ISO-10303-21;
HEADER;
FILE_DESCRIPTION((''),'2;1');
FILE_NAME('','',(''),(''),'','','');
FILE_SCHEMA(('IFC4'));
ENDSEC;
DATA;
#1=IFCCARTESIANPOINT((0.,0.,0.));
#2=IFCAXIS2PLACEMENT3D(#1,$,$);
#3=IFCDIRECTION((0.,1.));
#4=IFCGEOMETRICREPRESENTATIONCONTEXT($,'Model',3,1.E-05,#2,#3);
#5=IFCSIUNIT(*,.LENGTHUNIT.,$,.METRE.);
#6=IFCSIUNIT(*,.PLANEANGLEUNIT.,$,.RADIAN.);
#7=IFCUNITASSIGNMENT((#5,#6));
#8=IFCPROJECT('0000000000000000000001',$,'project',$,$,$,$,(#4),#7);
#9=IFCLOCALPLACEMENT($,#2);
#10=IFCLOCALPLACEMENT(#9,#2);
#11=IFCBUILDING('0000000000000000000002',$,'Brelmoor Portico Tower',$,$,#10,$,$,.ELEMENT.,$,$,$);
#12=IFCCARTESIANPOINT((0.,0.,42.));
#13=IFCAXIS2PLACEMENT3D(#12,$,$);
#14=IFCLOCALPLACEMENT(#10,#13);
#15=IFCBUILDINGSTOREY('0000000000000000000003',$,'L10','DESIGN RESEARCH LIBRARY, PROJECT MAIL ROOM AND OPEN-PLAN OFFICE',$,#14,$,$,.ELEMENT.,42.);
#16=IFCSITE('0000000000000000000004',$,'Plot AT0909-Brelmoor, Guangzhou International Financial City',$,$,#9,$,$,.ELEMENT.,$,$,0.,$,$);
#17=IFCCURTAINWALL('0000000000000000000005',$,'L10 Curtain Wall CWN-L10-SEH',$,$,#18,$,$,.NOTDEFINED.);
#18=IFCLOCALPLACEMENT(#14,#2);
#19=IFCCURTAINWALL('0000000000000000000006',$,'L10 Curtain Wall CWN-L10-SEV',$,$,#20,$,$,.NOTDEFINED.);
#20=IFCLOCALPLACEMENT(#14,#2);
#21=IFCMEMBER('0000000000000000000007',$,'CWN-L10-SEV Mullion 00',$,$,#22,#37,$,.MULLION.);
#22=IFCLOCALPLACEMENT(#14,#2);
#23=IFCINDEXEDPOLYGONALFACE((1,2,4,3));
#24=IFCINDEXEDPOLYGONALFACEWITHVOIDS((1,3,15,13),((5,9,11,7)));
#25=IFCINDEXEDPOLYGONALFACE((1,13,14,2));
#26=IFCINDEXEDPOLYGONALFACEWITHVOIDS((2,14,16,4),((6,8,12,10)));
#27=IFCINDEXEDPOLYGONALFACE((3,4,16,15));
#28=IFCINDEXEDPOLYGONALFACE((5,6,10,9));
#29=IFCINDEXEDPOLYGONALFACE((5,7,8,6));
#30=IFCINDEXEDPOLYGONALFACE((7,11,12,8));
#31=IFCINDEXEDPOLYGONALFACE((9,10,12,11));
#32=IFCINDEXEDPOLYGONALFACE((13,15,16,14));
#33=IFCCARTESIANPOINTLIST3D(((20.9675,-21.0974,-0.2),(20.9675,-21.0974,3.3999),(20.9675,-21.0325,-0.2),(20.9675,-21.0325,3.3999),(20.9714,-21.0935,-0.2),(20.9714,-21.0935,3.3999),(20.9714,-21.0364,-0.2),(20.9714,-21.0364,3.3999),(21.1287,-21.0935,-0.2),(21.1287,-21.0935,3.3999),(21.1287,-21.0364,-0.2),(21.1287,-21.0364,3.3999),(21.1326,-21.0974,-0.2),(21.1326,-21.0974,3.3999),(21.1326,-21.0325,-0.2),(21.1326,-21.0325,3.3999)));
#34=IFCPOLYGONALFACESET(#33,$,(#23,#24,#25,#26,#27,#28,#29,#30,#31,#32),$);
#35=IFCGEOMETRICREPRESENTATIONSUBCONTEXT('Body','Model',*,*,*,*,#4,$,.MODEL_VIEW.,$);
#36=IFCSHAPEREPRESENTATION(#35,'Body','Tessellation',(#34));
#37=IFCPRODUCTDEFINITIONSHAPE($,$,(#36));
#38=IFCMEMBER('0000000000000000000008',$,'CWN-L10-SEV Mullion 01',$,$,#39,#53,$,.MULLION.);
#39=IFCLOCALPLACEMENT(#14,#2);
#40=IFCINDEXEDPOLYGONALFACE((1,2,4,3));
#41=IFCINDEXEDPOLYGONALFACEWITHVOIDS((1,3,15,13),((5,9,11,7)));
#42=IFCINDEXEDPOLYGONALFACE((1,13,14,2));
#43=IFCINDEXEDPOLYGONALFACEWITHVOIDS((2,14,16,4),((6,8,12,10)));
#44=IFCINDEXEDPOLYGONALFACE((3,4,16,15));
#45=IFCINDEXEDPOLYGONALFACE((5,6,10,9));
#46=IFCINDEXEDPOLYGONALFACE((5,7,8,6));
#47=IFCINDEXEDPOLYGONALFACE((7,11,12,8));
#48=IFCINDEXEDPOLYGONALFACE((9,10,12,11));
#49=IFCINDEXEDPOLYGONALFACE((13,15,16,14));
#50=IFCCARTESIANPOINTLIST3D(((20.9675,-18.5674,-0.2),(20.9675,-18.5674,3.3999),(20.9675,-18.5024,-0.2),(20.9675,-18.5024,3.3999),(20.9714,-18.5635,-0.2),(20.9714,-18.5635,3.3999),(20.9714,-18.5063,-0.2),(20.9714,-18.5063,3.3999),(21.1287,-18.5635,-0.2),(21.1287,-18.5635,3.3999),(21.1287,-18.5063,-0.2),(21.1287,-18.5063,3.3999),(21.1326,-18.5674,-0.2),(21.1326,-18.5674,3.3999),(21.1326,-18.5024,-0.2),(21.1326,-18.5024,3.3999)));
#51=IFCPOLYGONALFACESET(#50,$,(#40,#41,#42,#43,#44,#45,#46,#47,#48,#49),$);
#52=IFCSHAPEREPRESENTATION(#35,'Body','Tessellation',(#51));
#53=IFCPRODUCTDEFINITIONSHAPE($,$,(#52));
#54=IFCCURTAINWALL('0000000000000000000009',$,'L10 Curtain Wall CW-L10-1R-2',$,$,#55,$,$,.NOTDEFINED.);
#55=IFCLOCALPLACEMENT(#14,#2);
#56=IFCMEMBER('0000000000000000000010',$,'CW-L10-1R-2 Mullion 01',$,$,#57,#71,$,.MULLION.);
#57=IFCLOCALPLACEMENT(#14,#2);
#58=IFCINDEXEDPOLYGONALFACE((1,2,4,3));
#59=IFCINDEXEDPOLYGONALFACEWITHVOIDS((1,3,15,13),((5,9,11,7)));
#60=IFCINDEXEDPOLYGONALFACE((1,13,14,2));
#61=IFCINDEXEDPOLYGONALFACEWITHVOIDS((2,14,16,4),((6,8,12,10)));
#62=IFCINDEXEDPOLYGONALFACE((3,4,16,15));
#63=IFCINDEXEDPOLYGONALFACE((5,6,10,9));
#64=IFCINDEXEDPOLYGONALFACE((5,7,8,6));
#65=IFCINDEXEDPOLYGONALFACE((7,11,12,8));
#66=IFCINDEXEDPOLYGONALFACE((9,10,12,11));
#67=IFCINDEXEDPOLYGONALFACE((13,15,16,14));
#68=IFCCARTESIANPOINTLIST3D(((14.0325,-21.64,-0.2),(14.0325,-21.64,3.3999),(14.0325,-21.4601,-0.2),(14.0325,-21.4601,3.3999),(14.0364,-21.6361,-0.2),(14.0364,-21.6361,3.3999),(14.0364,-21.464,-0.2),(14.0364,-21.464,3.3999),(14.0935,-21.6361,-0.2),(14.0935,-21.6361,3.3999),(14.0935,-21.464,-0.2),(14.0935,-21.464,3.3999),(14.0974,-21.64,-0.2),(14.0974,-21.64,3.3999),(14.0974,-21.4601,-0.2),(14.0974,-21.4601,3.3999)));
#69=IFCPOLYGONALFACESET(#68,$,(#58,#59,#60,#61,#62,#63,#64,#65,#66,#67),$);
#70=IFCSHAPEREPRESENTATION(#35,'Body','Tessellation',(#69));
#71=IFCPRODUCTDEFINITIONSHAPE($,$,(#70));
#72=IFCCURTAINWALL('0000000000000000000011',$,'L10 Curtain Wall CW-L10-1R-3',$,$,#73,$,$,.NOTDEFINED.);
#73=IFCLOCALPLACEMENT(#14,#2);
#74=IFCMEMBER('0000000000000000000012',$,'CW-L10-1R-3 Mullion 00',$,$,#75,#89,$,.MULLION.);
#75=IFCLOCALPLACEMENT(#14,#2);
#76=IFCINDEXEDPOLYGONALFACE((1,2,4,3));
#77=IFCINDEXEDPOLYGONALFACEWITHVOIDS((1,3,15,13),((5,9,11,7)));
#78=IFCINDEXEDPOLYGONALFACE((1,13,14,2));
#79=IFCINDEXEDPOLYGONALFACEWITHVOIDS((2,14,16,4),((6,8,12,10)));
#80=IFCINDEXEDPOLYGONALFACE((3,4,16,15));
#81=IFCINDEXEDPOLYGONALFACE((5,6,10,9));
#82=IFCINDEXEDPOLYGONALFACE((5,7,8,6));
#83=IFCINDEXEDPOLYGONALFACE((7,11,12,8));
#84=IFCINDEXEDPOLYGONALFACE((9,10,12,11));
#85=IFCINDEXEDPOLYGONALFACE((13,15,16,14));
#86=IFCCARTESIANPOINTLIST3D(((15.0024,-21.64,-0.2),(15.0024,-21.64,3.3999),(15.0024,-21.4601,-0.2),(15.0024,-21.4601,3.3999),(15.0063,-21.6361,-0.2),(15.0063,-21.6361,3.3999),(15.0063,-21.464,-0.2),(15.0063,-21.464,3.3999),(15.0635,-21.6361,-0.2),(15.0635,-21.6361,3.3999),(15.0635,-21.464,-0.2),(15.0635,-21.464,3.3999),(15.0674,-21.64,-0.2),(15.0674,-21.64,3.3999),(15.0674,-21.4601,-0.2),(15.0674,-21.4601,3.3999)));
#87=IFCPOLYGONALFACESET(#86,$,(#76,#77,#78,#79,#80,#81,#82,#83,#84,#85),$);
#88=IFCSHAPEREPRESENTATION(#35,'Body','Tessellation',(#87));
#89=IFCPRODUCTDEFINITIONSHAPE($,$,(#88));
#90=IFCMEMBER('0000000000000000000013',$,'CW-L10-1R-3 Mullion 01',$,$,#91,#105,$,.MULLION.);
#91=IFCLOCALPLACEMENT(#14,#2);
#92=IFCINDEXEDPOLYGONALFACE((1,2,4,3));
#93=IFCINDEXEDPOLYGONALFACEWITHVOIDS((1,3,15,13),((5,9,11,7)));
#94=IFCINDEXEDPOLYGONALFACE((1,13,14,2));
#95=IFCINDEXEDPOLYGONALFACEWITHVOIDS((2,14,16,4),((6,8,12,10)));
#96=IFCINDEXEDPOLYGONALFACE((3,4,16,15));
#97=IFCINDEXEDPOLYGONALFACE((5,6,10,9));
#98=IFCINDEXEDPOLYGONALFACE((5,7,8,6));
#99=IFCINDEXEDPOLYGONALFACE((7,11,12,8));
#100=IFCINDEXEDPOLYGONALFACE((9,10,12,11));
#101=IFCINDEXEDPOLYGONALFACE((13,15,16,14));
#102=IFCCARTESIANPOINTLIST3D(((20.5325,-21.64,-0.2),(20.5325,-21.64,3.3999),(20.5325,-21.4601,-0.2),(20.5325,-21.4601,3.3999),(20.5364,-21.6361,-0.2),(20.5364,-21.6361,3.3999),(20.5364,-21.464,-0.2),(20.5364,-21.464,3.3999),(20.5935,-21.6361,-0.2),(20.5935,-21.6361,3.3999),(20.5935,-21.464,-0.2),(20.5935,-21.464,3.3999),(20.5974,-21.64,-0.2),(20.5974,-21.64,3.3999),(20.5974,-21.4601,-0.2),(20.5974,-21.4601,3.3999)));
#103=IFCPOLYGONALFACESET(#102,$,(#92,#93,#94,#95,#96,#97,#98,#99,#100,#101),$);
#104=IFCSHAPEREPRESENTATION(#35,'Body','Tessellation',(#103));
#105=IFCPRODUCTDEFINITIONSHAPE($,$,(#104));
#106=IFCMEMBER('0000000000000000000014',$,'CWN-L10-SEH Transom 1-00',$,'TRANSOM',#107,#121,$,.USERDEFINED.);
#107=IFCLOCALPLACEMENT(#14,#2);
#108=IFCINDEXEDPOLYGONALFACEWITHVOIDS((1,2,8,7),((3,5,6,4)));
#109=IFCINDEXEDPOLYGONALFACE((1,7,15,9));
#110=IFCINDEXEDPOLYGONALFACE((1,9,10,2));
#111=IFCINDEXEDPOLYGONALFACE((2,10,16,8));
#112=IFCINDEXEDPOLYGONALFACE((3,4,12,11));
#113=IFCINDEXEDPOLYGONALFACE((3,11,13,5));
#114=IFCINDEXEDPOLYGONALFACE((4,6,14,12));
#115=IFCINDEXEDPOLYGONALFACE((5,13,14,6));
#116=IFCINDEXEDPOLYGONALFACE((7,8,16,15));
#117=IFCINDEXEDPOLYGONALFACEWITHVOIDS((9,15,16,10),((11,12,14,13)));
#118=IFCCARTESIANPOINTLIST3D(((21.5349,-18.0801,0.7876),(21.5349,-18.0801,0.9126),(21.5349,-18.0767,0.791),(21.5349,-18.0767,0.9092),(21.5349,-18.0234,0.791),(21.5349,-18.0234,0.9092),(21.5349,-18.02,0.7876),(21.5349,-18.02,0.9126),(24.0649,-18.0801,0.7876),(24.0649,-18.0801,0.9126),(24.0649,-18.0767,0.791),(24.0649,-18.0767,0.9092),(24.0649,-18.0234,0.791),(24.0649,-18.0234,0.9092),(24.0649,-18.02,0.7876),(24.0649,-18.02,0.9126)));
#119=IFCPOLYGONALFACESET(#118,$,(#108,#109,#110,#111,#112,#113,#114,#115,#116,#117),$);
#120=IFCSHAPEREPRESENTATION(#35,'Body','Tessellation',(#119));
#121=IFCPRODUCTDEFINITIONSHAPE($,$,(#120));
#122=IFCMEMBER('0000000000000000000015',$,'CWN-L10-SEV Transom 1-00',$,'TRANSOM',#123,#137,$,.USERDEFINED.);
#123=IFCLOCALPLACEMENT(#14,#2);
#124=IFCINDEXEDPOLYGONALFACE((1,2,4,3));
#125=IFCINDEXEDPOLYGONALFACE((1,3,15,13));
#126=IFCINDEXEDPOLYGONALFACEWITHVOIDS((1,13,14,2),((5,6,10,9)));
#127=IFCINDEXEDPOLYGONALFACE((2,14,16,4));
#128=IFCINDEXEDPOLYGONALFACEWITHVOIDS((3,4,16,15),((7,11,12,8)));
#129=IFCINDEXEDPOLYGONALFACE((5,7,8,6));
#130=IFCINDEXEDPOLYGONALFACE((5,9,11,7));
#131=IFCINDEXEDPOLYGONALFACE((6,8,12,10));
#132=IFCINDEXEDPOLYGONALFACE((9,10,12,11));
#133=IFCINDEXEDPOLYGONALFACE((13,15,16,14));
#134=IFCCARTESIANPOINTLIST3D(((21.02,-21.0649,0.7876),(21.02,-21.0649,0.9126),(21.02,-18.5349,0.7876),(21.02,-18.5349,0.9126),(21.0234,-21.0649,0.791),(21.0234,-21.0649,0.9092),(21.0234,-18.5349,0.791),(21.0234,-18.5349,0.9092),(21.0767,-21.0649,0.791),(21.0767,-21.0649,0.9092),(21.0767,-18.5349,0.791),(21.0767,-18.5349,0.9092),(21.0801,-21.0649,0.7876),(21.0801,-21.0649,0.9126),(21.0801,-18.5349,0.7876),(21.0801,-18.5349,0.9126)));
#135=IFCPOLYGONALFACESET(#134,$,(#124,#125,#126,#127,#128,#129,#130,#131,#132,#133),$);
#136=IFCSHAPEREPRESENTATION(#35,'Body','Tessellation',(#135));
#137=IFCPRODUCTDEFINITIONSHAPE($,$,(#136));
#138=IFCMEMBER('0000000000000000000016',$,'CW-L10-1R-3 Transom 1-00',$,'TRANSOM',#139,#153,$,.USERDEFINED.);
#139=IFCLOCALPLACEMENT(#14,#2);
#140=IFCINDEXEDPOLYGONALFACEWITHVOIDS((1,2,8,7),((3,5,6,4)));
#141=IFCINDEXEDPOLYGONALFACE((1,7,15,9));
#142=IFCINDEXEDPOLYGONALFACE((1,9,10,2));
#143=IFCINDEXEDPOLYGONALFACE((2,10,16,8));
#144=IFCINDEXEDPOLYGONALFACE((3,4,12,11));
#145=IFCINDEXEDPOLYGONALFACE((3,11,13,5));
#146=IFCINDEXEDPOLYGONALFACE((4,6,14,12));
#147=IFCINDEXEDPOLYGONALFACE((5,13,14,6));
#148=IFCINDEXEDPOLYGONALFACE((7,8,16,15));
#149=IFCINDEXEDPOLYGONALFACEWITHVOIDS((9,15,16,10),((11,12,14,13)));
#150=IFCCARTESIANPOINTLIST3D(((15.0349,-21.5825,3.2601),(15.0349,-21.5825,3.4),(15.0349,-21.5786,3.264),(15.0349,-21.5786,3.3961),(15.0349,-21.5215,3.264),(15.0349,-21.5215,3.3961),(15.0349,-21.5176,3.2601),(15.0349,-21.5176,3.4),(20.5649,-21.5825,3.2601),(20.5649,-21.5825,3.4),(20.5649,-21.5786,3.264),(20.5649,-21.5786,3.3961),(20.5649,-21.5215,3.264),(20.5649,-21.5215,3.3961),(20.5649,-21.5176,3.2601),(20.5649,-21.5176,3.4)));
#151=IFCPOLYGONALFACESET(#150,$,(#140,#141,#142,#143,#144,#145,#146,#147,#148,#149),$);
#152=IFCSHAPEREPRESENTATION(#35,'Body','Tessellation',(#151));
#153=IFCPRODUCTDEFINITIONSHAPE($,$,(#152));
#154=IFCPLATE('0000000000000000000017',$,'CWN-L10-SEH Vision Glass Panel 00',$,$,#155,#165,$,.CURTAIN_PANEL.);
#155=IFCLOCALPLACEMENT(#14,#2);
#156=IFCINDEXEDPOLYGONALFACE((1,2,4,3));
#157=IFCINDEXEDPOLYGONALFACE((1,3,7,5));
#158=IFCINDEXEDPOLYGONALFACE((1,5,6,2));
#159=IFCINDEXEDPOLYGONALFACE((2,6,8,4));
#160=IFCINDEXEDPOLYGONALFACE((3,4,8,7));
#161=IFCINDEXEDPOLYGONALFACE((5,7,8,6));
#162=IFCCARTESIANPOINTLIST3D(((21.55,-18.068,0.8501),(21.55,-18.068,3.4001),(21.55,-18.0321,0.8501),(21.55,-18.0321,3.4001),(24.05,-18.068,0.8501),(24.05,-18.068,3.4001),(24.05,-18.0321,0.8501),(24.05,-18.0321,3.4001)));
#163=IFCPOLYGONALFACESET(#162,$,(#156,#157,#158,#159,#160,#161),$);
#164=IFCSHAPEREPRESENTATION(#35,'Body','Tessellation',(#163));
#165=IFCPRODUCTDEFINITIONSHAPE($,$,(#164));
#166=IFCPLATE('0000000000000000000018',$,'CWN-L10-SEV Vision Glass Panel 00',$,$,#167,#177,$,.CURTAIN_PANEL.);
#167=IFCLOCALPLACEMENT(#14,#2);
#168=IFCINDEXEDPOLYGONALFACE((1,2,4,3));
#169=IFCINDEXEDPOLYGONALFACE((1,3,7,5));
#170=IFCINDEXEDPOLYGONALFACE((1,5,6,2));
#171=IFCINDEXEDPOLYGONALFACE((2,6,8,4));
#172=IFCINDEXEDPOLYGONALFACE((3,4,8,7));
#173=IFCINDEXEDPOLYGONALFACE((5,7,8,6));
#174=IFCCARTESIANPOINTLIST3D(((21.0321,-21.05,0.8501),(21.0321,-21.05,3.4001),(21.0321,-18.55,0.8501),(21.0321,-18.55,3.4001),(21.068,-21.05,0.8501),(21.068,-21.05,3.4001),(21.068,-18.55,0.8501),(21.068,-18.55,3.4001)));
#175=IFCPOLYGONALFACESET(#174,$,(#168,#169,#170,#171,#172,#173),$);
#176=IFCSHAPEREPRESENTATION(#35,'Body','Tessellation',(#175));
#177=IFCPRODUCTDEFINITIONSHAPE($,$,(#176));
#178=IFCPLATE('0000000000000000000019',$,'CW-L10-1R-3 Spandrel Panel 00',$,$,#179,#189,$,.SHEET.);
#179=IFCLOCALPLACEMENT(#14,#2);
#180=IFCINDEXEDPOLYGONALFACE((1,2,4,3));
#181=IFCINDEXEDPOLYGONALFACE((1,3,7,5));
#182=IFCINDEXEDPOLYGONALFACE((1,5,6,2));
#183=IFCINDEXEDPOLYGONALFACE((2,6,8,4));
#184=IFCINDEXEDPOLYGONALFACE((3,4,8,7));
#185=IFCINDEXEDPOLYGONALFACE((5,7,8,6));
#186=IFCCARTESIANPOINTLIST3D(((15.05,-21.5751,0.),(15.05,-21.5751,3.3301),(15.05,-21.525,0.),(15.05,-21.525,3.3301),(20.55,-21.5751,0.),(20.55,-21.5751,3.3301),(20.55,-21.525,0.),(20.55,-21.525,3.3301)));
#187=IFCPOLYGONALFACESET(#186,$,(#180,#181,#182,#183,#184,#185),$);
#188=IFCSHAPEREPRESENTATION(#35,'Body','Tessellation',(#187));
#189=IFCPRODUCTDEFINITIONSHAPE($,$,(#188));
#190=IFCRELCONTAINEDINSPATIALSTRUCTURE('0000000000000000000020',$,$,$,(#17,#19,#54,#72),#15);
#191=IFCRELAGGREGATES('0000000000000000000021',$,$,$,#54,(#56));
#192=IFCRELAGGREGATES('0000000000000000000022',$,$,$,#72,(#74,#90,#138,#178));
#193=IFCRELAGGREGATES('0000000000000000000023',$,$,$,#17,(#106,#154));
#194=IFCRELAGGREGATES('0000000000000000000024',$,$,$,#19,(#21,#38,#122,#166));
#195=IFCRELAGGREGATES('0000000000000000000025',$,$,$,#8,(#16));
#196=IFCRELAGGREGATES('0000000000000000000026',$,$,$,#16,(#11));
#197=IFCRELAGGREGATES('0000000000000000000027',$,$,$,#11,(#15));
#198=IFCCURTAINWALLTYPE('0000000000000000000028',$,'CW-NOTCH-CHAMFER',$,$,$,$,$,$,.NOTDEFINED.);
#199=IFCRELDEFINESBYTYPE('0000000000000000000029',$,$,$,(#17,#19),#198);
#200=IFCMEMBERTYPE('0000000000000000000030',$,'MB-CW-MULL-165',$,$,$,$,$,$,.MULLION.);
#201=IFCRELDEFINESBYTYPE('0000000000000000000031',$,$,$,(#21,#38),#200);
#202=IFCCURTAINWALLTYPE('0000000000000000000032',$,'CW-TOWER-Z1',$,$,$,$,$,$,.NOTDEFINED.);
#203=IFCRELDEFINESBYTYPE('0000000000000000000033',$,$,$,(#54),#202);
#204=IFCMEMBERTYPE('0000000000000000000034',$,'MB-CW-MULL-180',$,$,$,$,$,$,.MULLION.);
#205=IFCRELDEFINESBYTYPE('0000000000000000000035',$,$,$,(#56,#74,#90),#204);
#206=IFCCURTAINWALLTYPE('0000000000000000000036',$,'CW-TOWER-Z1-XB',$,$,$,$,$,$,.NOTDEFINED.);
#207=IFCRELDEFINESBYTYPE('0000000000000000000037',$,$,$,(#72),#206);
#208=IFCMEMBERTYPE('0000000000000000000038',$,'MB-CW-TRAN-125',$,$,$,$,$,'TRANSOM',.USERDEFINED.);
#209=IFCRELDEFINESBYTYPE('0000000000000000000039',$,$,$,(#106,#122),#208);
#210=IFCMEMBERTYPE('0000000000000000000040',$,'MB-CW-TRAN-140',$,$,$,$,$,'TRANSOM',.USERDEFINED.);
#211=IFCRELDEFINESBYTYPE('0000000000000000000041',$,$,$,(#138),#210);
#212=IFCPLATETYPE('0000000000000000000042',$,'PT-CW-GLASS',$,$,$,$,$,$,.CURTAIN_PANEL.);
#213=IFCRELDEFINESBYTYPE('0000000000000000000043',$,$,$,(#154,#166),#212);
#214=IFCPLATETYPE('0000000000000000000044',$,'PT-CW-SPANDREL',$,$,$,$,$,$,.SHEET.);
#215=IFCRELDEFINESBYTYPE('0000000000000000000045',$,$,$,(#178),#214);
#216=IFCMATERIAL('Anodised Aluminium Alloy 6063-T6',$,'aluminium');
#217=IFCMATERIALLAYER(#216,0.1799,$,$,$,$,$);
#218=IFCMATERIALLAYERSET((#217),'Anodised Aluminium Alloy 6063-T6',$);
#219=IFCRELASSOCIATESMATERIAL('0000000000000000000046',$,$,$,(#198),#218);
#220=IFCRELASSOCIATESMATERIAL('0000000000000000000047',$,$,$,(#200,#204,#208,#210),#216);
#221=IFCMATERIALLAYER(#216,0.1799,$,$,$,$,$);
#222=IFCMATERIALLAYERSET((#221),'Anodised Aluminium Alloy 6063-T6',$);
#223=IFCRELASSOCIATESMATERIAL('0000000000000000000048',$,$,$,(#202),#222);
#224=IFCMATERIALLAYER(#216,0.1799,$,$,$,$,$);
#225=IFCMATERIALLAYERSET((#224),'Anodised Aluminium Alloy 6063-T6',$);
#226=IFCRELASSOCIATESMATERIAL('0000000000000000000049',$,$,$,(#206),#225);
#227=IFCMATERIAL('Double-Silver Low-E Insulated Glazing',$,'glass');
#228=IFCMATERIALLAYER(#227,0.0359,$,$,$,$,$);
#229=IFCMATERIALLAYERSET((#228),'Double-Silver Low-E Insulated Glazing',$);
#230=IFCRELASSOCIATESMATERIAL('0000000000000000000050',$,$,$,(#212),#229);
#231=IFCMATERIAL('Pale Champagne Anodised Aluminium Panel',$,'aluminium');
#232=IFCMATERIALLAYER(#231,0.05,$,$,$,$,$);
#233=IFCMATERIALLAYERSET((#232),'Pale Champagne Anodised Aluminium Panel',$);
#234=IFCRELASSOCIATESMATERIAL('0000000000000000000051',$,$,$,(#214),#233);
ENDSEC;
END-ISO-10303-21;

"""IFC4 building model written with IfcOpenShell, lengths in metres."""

from ifc_helpers import new_model, si_unit, direction, frame, origin, origin_2d, place, context, subcontext, project, spatial, rectangle, hollow_rectangle, extrude, material, layer, layer_set, material_profile, profile_set, type_object, element, aggregate, save


model = new_model("IFC4")

# Units and contexts
model_context = context("Model", 3, precision=1e-05, world=origin(), true_north=direction((0.0, 1.0)))
body_context = subcontext(model_context, "Body", "Model", "MODEL_VIEW")
ifc_project = project(units=[si_unit("LENGTHUNIT", "METRE"), si_unit("PLANEANGLEUNIT", "RADIAN")], contexts=[model_context])

# Site, building, storey
site_placement = place(None, origin())
site = spatial("IfcSite", under=ifc_project, at=site_placement, Name="Plot AT0909-Brelmoor, Guangzhou International Financial City", CompositionType="ELEMENT", RefElevation=0.0)
building_placement = place(site_placement, origin())
building = spatial("IfcBuilding", under=site, at=building_placement, Name="Brelmoor Portico Tower", CompositionType="ELEMENT")
storey_placement = place(building_placement, frame((0.0, 0.0, 42.0)))
storey = spatial("IfcBuildingStorey", under=building, at=storey_placement, Name="L10", Description="DESIGN RESEARCH LIBRARY, PROJECT MAIL ROOM AND OPEN-PLAN OFFICE", CompositionType="ELEMENT", Elevation=42.0)

# Curtain walls, members
ifc_material_1 = material(Name="Anodised Aluminium Alloy 6063-T6", Category="aluminium")
ifc_layer_1 = layer(ifc_material_1, 0.1799)
ifc_layer_set_1 = layer_set([ifc_layer_1], Name="Anodised Aluminium Alloy 6063-T6")
curtain_wall_type_1 = type_object("IfcCurtainWallType", Name="CW-NOTCH-CHAMFER", PredefinedType="NOTDEFINED", material=ifc_layer_set_1)
curtain_wall_1_placement = place(storey_placement, origin())
curtain_wall_1 = element("IfcCurtainWall", 1, at=curtain_wall_1_placement, inside=storey, type_object=curtain_wall_type_1, Name="L10 Curtain Wall CWN-L10-SEH", PredefinedType="NOTDEFINED")
ifc_material_profile_1 = material_profile(ifc_material_1, hollow_rectangle(XDim=0.0649, YDim=0.165, WallThickness=0.0039, at=origin_2d()), Name="ALU MULLION 65x165")
ifc_profile_set_1 = profile_set([ifc_material_profile_1], Name="Anodised Aluminium Alloy 6063-T6")
member_type_1 = type_object("IfcMemberType", Name="MB-CW-MULL-165", PredefinedType="MULLION", material=ifc_profile_set_1)
curtain_wall_2_placement = place(storey_placement, origin())
curtain_wall_2 = element("IfcCurtainWall", 2, at=curtain_wall_2_placement, inside=storey, type_object=curtain_wall_type_1, Name="L10 Curtain Wall CWN-L10-SEV", PredefinedType="NOTDEFINED")
member_1_placement = place(storey_placement, frame((21.05, -21.0649, -0.2), z_axis=(0.0, 0.0, 1.0), x_axis=(0.0, 1.0, 0.0)))
member_1 = element("IfcMember", 3, at=member_1_placement, type_object=member_type_1, Name="CWN-L10-SEV Mullion 00", PredefinedType="MULLION", context=body_context, shape_type="SweptSolid", body=[
    extrude(hollow_rectangle(XDim=0.0649, YDim=0.165, WallThickness=0.0039, at=origin_2d()), origin(), (0.0, 0.0, 1.0), 3.5999),
])
member_2_placement = place(storey_placement, frame((21.05, -18.5349, -0.2), z_axis=(0.0, 0.0, 1.0), x_axis=(0.0, 1.0, 0.0)))
member_2 = element("IfcMember", 4, at=member_2_placement, type_object=member_type_1, Name="CWN-L10-SEV Mullion 01", PredefinedType="MULLION", context=body_context, shape_type="SweptSolid", body=[
    extrude(hollow_rectangle(XDim=0.0649, YDim=0.165, WallThickness=0.0039, at=origin_2d()), origin(), (0.0, 0.0, 1.0), 3.5999),
])

# Curtain wall, member
ifc_layer_2 = layer(ifc_material_1, 0.1799)
ifc_layer_set_2 = layer_set([ifc_layer_2], Name="Anodised Aluminium Alloy 6063-T6")
curtain_wall_type_2 = type_object("IfcCurtainWallType", Name="CW-TOWER-Z1", PredefinedType="NOTDEFINED", material=ifc_layer_set_2)
curtain_wall_3_placement = place(storey_placement, origin())
curtain_wall_3 = element("IfcCurtainWall", 5, at=curtain_wall_3_placement, inside=storey, type_object=curtain_wall_type_2, Name="L10 Curtain Wall CW-L10-1R-2", PredefinedType="NOTDEFINED")
ifc_material_profile_2 = material_profile(ifc_material_1, hollow_rectangle(XDim=0.0649, YDim=0.1799, WallThickness=0.0039, at=origin_2d()), Name="ALU MULLION 65x180")
ifc_profile_set_2 = profile_set([ifc_material_profile_2], Name="Anodised Aluminium Alloy 6063-T6")
member_type_2 = type_object("IfcMemberType", Name="MB-CW-MULL-180", PredefinedType="MULLION", material=ifc_profile_set_2)
member_3_placement = place(storey_placement, frame((14.0649, -21.55, -0.2), z_axis=(0.0, 0.0, 1.0), x_axis=(1.0, 0.0, 0.0)))
member_3 = element("IfcMember", 6, at=member_3_placement, type_object=member_type_2, Name="CW-L10-1R-2 Mullion 01", PredefinedType="MULLION", context=body_context, shape_type="SweptSolid", body=[
    extrude(hollow_rectangle(XDim=0.0649, YDim=0.1799, WallThickness=0.0039, at=origin_2d()), origin(), (0.0, 0.0, 1.0), 3.5999),
])
aggregate(curtain_wall_3, [member_3])

# Curtain wall, members
ifc_layer_3 = layer(ifc_material_1, 0.1799)
ifc_layer_set_3 = layer_set([ifc_layer_3], Name="Anodised Aluminium Alloy 6063-T6")
curtain_wall_type_3 = type_object("IfcCurtainWallType", Name="CW-TOWER-Z1-XB", PredefinedType="NOTDEFINED", material=ifc_layer_set_3)
curtain_wall_4_placement = place(storey_placement, origin())
curtain_wall_4 = element("IfcCurtainWall", 7, at=curtain_wall_4_placement, inside=storey, type_object=curtain_wall_type_3, Name="L10 Curtain Wall CW-L10-1R-3", PredefinedType="NOTDEFINED")
member_4_placement = place(storey_placement, frame((15.0349, -21.55, -0.2), z_axis=(0.0, 0.0, 1.0), x_axis=(1.0, 0.0, 0.0)))
member_4 = element("IfcMember", 8, at=member_4_placement, type_object=member_type_2, Name="CW-L10-1R-3 Mullion 00", PredefinedType="MULLION", context=body_context, shape_type="SweptSolid", body=[
    extrude(hollow_rectangle(XDim=0.0649, YDim=0.1799, WallThickness=0.0039, at=origin_2d()), origin(), (0.0, 0.0, 1.0), 3.5999),
])
member_5_placement = place(storey_placement, frame((20.5649, -21.55, -0.2), z_axis=(0.0, 0.0, 1.0), x_axis=(1.0, 0.0, 0.0)))
member_5 = element("IfcMember", 9, at=member_5_placement, type_object=member_type_2, Name="CW-L10-1R-3 Mullion 01", PredefinedType="MULLION", context=body_context, shape_type="SweptSolid", body=[
    extrude(hollow_rectangle(XDim=0.0649, YDim=0.1799, WallThickness=0.0039, at=origin_2d()), origin(), (0.0, 0.0, 1.0), 3.5999),
])

# Members
ifc_material_profile_3 = material_profile(ifc_material_1, hollow_rectangle(XDim=0.0601, YDim=0.125, WallThickness=0.0034, at=origin_2d()), Name="ALU TRANSOM 60x125")
ifc_profile_set_3 = profile_set([ifc_material_profile_3], Name="Anodised Aluminium Alloy 6063-T6")
member_type_3 = type_object("IfcMemberType", Name="MB-CW-TRAN-125", ElementType="TRANSOM", PredefinedType="USERDEFINED", material=ifc_profile_set_3)
member_6_placement = place(storey_placement, frame((21.5349, -18.05, 0.8501), z_axis=(1.0, 0.0, 0.0), x_axis=(0.0, 1.0, 0.0)))
member_6 = element("IfcMember", 10, at=member_6_placement, type_object=member_type_3, Name="CWN-L10-SEH Transom 1-00", ObjectType="TRANSOM", PredefinedType="USERDEFINED", context=body_context, shape_type="SweptSolid", body=[
    extrude(hollow_rectangle(XDim=0.0601, YDim=0.125, WallThickness=0.0034, at=origin_2d()), origin(), (0.0, 0.0, 1.0), 2.53),
])
member_7_placement = place(storey_placement, frame((21.05, -21.0649, 0.8501), z_axis=(0.0, 1.0, 0.0), x_axis=(-1.0, 0.0, 0.0)))
member_7 = element("IfcMember", 11, at=member_7_placement, type_object=member_type_3, Name="CWN-L10-SEV Transom 1-00", ObjectType="TRANSOM", PredefinedType="USERDEFINED", context=body_context, shape_type="SweptSolid", body=[
    extrude(hollow_rectangle(XDim=0.0601, YDim=0.125, WallThickness=0.0034, at=origin_2d()), origin(), (0.0, 0.0, 1.0), 2.53),
])
ifc_material_profile_4 = material_profile(ifc_material_1, hollow_rectangle(XDim=0.0649, YDim=0.1399, WallThickness=0.0039, at=origin_2d()), Name="ALU TRANSOM 65x140")
ifc_profile_set_4 = profile_set([ifc_material_profile_4], Name="Anodised Aluminium Alloy 6063-T6")
member_type_4 = type_object("IfcMemberType", Name="MB-CW-TRAN-140", ElementType="TRANSOM", PredefinedType="USERDEFINED", material=ifc_profile_set_4)
member_8_placement = place(storey_placement, frame((15.0349, -21.55, 3.3301), z_axis=(1.0, 0.0, 0.0), x_axis=(0.0, 1.0, 0.0)))
member_8 = element("IfcMember", 12, at=member_8_placement, type_object=member_type_4, Name="CW-L10-1R-3 Transom 1-00", ObjectType="TRANSOM", PredefinedType="USERDEFINED", context=body_context, shape_type="SweptSolid", body=[
    extrude(hollow_rectangle(XDim=0.0649, YDim=0.1399, WallThickness=0.0039, at=origin_2d()), origin(), (0.0, 0.0, 1.0), 5.53),
])

# Plates
ifc_material_2 = material(Name="Double-Silver Low-E Insulated Glazing", Category="glass")
ifc_layer_4 = layer(ifc_material_2, 0.0359)
ifc_layer_set_4 = layer_set([ifc_layer_4], Name="Double-Silver Low-E Insulated Glazing")
plate_type_1 = type_object("IfcPlateType", Name="PT-CW-GLASS", PredefinedType="CURTAIN_PANEL", material=ifc_layer_set_4)
plate_1_placement = place(storey_placement, frame((22.8, -18.05, 0.8501), z_axis=(0.0, 0.0, 1.0), x_axis=(1.0, 0.0, 0.0)))
plate_1 = element("IfcPlate", 13, at=plate_1_placement, type_object=plate_type_1, Name="CWN-L10-SEH Vision Glass Panel 00", PredefinedType="CURTAIN_PANEL", context=body_context, shape_type="SweptSolid", body=[
    extrude(rectangle(XDim=2.5, YDim=0.0359, at=origin_2d()), origin(), (0.0, 0.0, 1.0), 2.55),
])
plate_2_placement = place(storey_placement, frame((21.05, -19.8, 0.8501), z_axis=(0.0, 0.0, 1.0), x_axis=(0.0, 1.0, 0.0)))
plate_2 = element("IfcPlate", 14, at=plate_2_placement, type_object=plate_type_1, Name="CWN-L10-SEV Vision Glass Panel 00", PredefinedType="CURTAIN_PANEL", context=body_context, shape_type="SweptSolid", body=[
    extrude(rectangle(XDim=2.5, YDim=0.0359, at=origin_2d()), origin(), (0.0, 0.0, 1.0), 2.55),
])
ifc_material_3 = material(Name="Pale Champagne Anodised Aluminium Panel", Category="aluminium")
ifc_layer_5 = layer(ifc_material_3, 0.05)
ifc_layer_set_5 = layer_set([ifc_layer_5], Name="Pale Champagne Anodised Aluminium Panel")
plate_type_2 = type_object("IfcPlateType", Name="PT-CW-SPANDREL", PredefinedType="SHEET", material=ifc_layer_set_5)
plate_3_placement = place(storey_placement, frame((17.8, -21.55, 0.0), z_axis=(0.0, 0.0, 1.0), x_axis=(1.0, 0.0, 0.0)))
plate_3 = element("IfcPlate", 15, at=plate_3_placement, type_object=plate_type_2, Name="CW-L10-1R-3 Spandrel Panel 00", PredefinedType="SHEET", context=body_context, shape_type="SweptSolid", body=[
    extrude(rectangle(XDim=5.5, YDim=0.05, at=origin_2d()), origin(), (0.0, 0.0, 1.0), 3.3301),
])
aggregate(curtain_wall_4, [member_4, member_5, member_8, plate_3])
aggregate(curtain_wall_1, [member_6, plate_1])
aggregate(curtain_wall_2, [member_1, member_2, member_7, plate_2])

save(model, "model.ifc")
